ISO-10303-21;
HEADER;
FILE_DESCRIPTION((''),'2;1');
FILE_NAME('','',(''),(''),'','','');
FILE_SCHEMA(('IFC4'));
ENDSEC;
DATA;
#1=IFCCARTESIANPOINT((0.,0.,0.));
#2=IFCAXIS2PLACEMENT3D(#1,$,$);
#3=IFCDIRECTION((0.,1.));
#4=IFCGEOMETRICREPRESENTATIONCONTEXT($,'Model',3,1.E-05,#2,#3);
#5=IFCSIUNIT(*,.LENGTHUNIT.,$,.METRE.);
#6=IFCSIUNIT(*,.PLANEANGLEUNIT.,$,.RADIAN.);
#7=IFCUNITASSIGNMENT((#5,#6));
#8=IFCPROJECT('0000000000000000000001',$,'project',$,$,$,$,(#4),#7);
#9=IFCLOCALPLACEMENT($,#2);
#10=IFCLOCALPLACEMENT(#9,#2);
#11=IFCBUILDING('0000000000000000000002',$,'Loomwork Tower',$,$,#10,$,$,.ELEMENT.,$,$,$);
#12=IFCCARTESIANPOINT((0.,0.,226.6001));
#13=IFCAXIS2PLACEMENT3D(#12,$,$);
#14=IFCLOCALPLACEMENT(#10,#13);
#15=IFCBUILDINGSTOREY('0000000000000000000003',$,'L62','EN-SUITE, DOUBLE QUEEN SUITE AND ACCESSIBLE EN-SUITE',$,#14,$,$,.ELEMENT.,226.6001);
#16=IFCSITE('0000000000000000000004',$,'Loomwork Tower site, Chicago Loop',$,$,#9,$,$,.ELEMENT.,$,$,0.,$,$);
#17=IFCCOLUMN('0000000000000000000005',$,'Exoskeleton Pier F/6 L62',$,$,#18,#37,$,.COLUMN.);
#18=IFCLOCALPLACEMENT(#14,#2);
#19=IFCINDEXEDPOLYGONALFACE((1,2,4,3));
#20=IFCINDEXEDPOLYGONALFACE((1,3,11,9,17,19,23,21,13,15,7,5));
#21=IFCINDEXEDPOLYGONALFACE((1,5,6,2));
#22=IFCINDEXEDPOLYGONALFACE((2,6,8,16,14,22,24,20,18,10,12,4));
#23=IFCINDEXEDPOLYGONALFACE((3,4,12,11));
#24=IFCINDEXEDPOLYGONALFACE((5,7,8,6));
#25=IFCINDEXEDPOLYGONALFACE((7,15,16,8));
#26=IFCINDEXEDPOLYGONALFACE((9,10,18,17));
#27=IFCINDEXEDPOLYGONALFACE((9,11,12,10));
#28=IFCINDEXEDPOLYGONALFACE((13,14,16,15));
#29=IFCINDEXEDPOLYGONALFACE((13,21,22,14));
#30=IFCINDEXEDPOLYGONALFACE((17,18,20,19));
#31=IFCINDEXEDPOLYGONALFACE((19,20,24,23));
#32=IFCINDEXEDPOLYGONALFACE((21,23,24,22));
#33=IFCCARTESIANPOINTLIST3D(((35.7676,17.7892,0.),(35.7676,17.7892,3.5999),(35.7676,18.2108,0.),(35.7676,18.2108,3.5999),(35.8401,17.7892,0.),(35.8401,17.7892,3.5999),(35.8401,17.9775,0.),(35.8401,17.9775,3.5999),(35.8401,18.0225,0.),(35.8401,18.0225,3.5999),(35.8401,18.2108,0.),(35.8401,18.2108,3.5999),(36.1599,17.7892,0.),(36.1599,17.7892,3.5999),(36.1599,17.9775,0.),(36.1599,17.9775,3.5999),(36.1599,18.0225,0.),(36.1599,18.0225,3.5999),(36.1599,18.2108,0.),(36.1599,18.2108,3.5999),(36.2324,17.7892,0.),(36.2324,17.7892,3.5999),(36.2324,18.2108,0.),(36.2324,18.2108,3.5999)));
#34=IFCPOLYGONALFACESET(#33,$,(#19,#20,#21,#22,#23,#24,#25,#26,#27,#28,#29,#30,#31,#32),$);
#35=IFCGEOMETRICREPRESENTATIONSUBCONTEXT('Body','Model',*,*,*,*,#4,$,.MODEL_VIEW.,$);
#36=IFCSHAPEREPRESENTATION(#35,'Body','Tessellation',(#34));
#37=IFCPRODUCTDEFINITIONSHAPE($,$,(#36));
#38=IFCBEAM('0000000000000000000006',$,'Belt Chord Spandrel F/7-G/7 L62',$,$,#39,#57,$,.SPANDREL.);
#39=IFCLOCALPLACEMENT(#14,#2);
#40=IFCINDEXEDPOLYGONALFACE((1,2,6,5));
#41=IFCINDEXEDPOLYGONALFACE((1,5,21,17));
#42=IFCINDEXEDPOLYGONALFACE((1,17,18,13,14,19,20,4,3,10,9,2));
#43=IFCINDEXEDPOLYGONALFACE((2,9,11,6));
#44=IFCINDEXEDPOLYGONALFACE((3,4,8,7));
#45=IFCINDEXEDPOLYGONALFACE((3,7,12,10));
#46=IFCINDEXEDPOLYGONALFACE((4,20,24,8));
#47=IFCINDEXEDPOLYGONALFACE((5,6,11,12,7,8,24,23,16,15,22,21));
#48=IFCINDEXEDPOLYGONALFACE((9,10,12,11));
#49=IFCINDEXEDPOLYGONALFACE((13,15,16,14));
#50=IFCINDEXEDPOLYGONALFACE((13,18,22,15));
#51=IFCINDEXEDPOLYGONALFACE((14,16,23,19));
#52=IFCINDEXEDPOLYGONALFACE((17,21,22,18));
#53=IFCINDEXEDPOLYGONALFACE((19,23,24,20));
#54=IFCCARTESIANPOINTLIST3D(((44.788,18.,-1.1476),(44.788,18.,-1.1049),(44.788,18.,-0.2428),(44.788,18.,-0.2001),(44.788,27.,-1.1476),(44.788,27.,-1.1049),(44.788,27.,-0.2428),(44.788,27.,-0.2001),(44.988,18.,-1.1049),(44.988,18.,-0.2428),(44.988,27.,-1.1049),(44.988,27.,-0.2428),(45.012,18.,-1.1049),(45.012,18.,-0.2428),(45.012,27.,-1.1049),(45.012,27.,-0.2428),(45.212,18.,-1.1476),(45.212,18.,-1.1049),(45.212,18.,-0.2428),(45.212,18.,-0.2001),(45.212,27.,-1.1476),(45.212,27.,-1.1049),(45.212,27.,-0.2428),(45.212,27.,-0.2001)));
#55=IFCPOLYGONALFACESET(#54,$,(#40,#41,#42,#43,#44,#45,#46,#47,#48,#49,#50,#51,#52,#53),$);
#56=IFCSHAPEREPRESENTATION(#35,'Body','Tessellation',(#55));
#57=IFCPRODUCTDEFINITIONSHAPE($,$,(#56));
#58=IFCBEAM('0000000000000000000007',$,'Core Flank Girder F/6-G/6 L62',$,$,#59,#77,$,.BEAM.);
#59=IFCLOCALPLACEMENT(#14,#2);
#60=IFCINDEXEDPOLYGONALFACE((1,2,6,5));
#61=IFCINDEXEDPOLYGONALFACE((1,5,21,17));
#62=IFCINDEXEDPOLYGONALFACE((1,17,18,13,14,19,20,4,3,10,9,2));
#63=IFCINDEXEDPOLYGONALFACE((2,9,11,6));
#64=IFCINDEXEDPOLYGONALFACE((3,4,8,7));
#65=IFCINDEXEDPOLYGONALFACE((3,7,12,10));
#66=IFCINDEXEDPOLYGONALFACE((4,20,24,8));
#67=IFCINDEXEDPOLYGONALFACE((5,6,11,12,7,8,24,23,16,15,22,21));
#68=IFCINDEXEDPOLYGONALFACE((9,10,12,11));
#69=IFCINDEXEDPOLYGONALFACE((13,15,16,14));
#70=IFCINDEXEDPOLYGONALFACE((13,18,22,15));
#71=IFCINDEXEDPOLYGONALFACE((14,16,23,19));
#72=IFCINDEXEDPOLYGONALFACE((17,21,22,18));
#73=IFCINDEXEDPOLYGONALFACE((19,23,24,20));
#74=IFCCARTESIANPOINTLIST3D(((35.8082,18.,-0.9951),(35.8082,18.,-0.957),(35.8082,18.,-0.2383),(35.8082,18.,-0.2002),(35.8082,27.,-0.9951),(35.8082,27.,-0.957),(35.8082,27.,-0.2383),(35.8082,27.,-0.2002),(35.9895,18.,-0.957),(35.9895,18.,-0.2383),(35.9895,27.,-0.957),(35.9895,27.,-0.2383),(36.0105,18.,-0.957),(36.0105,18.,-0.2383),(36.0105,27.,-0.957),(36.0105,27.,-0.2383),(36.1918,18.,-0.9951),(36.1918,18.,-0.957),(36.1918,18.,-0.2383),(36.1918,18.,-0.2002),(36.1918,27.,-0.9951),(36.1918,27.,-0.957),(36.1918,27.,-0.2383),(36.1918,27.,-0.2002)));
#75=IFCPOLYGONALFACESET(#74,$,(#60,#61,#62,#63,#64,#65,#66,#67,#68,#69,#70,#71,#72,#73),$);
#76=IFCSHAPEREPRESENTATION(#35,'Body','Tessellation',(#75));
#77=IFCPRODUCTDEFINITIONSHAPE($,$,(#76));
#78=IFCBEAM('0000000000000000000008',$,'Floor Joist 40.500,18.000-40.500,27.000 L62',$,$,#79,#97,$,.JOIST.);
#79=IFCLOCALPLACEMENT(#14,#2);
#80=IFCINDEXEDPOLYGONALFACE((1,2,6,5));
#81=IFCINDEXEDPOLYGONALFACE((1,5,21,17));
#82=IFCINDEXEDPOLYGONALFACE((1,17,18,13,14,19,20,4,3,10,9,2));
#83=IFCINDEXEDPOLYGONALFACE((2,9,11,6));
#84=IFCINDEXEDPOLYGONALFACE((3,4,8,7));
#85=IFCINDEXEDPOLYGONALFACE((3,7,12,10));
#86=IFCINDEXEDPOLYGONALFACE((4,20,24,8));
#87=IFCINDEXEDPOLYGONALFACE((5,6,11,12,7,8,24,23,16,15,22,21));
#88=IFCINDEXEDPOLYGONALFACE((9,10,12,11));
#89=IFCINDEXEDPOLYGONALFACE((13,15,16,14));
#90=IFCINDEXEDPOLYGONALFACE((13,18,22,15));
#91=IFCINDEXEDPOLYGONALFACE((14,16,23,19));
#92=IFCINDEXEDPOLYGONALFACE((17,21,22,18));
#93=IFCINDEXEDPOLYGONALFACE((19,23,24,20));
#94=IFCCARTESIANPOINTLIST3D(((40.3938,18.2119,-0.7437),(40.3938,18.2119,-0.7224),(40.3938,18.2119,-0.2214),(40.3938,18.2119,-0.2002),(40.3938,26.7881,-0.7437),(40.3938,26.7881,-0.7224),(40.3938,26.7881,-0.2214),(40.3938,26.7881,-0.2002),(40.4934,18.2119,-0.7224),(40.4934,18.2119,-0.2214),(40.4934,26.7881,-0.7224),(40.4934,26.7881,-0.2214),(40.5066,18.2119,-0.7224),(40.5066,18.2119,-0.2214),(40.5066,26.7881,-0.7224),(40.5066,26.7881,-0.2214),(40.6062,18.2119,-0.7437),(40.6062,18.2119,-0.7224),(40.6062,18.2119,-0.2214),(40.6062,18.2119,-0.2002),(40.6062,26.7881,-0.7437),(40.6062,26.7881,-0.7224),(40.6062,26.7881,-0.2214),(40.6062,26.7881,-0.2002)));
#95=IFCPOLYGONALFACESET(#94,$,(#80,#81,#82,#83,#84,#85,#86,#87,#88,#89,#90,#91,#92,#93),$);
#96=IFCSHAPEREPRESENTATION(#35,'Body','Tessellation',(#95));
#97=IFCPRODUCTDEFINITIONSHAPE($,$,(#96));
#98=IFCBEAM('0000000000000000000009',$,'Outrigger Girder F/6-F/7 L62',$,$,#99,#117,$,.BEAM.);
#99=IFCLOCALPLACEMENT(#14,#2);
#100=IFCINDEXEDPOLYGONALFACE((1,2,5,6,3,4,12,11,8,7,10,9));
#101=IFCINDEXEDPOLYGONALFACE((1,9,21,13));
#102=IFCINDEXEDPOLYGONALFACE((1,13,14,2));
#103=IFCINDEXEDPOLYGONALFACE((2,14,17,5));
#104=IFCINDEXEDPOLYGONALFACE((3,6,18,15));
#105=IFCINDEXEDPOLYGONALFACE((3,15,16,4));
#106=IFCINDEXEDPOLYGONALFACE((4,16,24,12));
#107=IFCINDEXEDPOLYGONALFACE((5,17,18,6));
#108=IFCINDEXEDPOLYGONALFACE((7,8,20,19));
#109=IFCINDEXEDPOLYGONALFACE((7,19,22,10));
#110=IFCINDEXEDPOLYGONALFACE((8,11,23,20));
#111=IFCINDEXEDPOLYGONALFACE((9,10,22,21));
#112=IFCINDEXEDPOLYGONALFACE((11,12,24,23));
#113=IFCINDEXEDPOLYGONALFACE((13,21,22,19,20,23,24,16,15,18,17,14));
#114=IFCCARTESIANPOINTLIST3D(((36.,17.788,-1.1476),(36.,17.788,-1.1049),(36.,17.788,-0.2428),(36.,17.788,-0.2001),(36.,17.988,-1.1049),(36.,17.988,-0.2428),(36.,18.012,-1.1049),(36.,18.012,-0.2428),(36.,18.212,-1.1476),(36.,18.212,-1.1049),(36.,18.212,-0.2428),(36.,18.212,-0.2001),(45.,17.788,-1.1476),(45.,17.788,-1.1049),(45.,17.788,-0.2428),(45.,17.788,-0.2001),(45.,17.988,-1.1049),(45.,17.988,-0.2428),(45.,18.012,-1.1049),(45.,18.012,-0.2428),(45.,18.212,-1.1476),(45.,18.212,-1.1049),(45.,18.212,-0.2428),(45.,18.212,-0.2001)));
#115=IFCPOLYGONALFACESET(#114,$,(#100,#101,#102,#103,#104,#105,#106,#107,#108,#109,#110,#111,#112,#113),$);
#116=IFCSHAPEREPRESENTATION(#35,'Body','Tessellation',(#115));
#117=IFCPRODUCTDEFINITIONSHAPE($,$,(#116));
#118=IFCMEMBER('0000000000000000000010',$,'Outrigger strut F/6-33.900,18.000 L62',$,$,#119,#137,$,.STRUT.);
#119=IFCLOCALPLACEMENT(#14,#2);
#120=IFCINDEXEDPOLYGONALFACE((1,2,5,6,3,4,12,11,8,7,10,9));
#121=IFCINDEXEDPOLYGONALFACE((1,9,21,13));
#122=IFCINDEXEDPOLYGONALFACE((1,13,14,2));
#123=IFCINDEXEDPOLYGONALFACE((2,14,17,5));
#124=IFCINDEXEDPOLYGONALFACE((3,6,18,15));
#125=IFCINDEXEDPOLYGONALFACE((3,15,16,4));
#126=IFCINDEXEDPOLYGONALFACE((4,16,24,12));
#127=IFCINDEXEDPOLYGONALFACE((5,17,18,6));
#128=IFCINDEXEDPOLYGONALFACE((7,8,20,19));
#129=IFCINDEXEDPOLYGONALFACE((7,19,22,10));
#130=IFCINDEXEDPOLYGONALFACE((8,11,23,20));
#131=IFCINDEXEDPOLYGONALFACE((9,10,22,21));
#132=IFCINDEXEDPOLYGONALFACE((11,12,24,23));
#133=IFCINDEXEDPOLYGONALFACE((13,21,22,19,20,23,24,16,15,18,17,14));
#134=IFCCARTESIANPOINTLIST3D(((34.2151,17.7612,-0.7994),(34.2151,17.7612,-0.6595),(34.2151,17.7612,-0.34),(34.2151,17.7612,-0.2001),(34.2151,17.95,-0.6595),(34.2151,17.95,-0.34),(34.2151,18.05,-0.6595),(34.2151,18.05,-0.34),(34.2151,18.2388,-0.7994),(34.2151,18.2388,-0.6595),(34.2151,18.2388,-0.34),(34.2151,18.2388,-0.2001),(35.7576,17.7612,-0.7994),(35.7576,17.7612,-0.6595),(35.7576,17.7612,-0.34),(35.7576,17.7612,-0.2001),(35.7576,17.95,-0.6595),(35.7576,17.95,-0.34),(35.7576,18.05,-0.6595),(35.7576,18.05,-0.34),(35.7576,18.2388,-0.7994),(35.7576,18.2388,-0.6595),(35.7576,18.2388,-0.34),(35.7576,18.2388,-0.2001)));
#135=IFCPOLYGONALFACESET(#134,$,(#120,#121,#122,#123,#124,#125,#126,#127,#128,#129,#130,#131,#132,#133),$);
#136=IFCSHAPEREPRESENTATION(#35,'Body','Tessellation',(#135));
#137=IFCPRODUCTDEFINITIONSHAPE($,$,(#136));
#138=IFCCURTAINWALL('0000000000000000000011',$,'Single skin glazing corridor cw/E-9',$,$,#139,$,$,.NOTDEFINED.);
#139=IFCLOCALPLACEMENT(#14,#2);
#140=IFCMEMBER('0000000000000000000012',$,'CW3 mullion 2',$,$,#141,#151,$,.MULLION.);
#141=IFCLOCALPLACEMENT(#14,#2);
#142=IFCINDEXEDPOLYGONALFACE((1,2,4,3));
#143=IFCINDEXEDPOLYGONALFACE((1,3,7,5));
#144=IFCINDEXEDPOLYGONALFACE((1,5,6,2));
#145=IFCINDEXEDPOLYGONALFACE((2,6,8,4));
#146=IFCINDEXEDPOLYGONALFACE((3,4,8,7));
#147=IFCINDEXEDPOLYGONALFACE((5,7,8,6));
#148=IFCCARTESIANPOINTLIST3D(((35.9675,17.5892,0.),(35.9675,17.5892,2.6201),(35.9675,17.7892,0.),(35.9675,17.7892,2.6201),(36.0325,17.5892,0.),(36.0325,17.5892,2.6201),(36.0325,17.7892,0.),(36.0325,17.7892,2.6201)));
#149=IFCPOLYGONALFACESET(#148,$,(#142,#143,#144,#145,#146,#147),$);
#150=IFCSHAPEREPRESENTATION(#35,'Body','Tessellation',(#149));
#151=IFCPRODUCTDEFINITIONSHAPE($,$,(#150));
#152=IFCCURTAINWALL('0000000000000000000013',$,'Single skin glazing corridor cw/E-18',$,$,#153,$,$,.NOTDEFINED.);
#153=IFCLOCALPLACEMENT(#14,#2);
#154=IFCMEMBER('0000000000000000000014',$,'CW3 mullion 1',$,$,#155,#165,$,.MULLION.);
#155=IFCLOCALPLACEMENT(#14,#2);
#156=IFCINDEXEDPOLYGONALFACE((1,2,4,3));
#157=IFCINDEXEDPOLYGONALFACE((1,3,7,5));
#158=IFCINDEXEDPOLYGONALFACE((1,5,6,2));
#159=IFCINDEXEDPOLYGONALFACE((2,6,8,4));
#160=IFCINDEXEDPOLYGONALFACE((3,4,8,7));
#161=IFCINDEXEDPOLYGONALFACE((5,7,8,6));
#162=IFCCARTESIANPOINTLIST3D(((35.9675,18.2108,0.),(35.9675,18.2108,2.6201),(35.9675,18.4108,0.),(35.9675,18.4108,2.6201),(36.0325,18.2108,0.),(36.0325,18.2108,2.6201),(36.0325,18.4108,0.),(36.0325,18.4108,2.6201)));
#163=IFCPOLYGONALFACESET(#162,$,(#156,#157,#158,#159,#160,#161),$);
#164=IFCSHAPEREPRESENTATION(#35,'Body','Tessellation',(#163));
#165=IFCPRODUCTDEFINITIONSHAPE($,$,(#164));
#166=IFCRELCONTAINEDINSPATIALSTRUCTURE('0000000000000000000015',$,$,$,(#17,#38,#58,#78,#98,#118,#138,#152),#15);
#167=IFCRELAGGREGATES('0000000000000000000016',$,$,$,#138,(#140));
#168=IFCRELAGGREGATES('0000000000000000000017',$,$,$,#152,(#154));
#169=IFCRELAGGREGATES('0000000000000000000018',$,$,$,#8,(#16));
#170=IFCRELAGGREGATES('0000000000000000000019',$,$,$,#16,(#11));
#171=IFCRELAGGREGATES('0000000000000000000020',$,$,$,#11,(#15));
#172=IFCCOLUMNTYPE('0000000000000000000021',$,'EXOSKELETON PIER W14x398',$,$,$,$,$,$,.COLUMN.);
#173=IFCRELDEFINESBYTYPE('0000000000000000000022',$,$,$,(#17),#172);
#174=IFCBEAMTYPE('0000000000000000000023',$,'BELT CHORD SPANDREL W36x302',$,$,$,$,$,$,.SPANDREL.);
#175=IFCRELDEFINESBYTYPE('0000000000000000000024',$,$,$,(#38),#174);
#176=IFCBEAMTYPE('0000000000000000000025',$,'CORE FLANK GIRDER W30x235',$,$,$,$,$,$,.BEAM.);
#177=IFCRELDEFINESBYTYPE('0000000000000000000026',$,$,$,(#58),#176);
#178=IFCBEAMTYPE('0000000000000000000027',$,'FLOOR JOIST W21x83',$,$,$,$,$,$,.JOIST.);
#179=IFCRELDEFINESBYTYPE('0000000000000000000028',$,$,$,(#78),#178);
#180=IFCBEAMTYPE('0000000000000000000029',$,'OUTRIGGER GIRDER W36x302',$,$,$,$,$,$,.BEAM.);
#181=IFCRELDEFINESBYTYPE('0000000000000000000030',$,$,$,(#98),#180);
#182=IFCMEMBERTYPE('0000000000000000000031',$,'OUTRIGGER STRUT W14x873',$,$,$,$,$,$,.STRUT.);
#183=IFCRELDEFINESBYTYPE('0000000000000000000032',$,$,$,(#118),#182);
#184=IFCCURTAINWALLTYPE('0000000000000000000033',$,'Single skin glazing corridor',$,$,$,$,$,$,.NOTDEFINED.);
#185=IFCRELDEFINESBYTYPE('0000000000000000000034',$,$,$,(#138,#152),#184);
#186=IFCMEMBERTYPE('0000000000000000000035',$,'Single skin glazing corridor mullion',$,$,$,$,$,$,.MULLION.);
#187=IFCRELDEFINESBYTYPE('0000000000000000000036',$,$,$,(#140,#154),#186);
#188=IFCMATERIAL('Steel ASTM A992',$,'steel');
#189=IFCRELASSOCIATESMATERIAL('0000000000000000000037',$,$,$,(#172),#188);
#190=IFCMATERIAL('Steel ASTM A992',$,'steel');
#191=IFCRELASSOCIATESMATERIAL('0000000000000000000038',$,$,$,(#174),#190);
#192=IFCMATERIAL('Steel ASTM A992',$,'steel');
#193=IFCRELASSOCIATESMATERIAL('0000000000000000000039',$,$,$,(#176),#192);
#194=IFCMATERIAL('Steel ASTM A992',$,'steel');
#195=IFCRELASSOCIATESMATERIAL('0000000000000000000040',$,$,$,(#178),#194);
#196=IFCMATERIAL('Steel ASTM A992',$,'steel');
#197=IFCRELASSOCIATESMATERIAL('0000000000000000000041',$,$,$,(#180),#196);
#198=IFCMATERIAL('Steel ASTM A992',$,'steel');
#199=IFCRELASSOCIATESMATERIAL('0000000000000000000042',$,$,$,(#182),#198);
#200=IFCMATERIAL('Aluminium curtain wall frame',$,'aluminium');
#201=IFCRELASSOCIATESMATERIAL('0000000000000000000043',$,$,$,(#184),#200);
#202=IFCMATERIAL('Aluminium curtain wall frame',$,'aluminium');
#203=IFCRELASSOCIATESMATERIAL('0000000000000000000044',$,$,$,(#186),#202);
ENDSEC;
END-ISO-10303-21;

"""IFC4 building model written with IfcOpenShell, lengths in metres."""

from ifc_helpers import new_model, si_unit, direction, frame, origin, origin_2d, place, context, subcontext, project, spatial, rectangle, i_section, extrude, material, material_profile, profile_set, type_object, element, aggregate, save


model = new_model("IFC4")

# Units and contexts
model_context = context("Model", 3, precision=1e-05, world=origin(), true_north=direction((0.0, 1.0)))
body_context = subcontext(model_context, "Body", "Model", "MODEL_VIEW")
ifc_project = project(units=[si_unit("LENGTHUNIT", "METRE"), si_unit("PLANEANGLEUNIT", "RADIAN")], contexts=[model_context])

# Site, building, storey
site_placement = place(None, origin())
site = spatial("IfcSite", under=ifc_project, at=site_placement, Name="Loomwork Tower site, Chicago Loop", CompositionType="ELEMENT", RefElevation=0.0)
building_placement = place(site_placement, origin())
building = spatial("IfcBuilding", under=site, at=building_placement, Name="Loomwork Tower", CompositionType="ELEMENT")
storey_placement = place(building_placement, frame((0.0, 0.0, 226.6001)))
storey = spatial("IfcBuildingStorey", under=building, at=storey_placement, Name="L62", Description="EN-SUITE, DOUBLE QUEEN SUITE AND ACCESSIBLE EN-SUITE", CompositionType="ELEMENT", Elevation=226.6001)

# Column
ifc_material_1 = material(Name="Steel ASTM A992", Category="steel")
ifc_material_profile_1 = material_profile(ifc_material_1, i_section(OverallWidth=0.4216, OverallDepth=0.4648, WebThickness=0.0449, FlangeThickness=0.0725, at=origin_2d()), Name="W14x398")
ifc_profile_set_1 = profile_set([ifc_material_profile_1], Name="Steel ASTM A992")
column_type = type_object("IfcColumnType", Name="EXOSKELETON PIER W14x398", PredefinedType="COLUMN", material=ifc_profile_set_1)
column_placement = place(storey_placement, frame((36.0, 18.0, 0.0), z_axis=(0.0, 0.0, 1.0), x_axis=(0.0, 1.0, 0.0)))
element("IfcColumn", 1, at=column_placement, inside=storey, type_object=column_type, Name="Exoskeleton Pier F/6 L62", PredefinedType="COLUMN", context=body_context, shape_type="SweptSolid", body=[
    extrude(i_section(OverallWidth=0.4216, OverallDepth=0.4648, WebThickness=0.0449, FlangeThickness=0.0725, at=origin_2d()), origin(), (0.0, 0.0, 1.0), 3.5999),
])

# Beams
ifc_material_2 = material(Name="Steel ASTM A992", Category="steel")
ifc_material_profile_2 = material_profile(ifc_material_2, i_section(OverallWidth=0.4241, OverallDepth=0.9475, WebThickness=0.0239, FlangeThickness=0.0427, at=origin_2d()), Name="W36x302")
ifc_profile_set_2 = profile_set([ifc_material_profile_2], Name="Steel ASTM A992")
beam_type_1 = type_object("IfcBeamType", Name="BELT CHORD SPANDREL W36x302", PredefinedType="SPANDREL", material=ifc_profile_set_2)
beam_1_placement = place(storey_placement, frame((45.0, 18.0, -0.6738), z_axis=(0.0, 1.0, 0.0), x_axis=(-1.0, 0.0, 0.0)))
element("IfcBeam", 2, at=beam_1_placement, inside=storey, type_object=beam_type_1, Name="Belt Chord Spandrel F/7-G/7 L62", PredefinedType="SPANDREL", context=body_context, shape_type="SweptSolid", body=[
    extrude(i_section(OverallWidth=0.4241, OverallDepth=0.9475, WebThickness=0.0239, FlangeThickness=0.0427, at=origin_2d()), origin(), (0.0, 0.0, 1.0), 9.0),
])
ifc_material_3 = material(Name="Steel ASTM A992", Category="steel")
ifc_material_profile_3 = material_profile(ifc_material_3, i_section(OverallWidth=0.3835, OverallDepth=0.7949, WebThickness=0.021, FlangeThickness=0.0381, at=origin_2d()), Name="W30x235")
ifc_profile_set_3 = profile_set([ifc_material_profile_3], Name="Steel ASTM A992")
beam_type_2 = type_object("IfcBeamType", Name="CORE FLANK GIRDER W30x235", PredefinedType="BEAM", material=ifc_profile_set_3)
beam_2_placement = place(storey_placement, frame((36.0, 18.0, -0.5977), z_axis=(0.0, 1.0, 0.0), x_axis=(-1.0, 0.0, 0.0)))
element("IfcBeam", 3, at=beam_2_placement, inside=storey, type_object=beam_type_2, Name="Core Flank Girder F/6-G/6 L62", PredefinedType="BEAM", context=body_context, shape_type="SweptSolid", body=[
    extrude(i_section(OverallWidth=0.3835, OverallDepth=0.7949, WebThickness=0.021, FlangeThickness=0.0381, at=origin_2d()), origin(), (0.0, 0.0, 1.0), 9.0),
])
ifc_material_4 = material(Name="Steel ASTM A992", Category="steel")
ifc_material_profile_4 = material_profile(ifc_material_4, i_section(OverallWidth=0.2124, OverallDepth=0.5435, WebThickness=0.0132, FlangeThickness=0.0212, at=origin_2d()), Name="W21x83")
ifc_profile_set_4 = profile_set([ifc_material_profile_4], Name="Steel ASTM A992")
beam_type_3 = type_object("IfcBeamType", Name="FLOOR JOIST W21x83", PredefinedType="JOIST", material=ifc_profile_set_4)
beam_3_placement = place(storey_placement, frame((40.5, 18.2119, -0.4719), z_axis=(0.0, 1.0, 0.0), x_axis=(-1.0, 0.0, 0.0)))
element("IfcBeam", 4, at=beam_3_placement, inside=storey, type_object=beam_type_3, Name="Floor Joist 40.500,18.000-40.500,27.000 L62", PredefinedType="JOIST", context=body_context, shape_type="SweptSolid", body=[
    extrude(i_section(OverallWidth=0.2124, OverallDepth=0.5435, WebThickness=0.0132, FlangeThickness=0.0212, at=origin_2d()), origin(), (0.0, 0.0, 1.0), 8.5762),
])
ifc_material_5 = material(Name="Steel ASTM A992", Category="steel")
ifc_material_profile_5 = material_profile(ifc_material_5, i_section(OverallWidth=0.4241, OverallDepth=0.9475, WebThickness=0.0239, FlangeThickness=0.0427, at=origin_2d()), Name="W36x302")
ifc_profile_set_5 = profile_set([ifc_material_profile_5], Name="Steel ASTM A992")
beam_type_4 = type_object("IfcBeamType", Name="OUTRIGGER GIRDER W36x302", PredefinedType="BEAM", material=ifc_profile_set_5)
beam_4_placement = place(storey_placement, frame((36.0, 18.0, -0.6738), z_axis=(1.0, 0.0, 0.0), x_axis=(0.0, 1.0, 0.0)))
element("IfcBeam", 5, at=beam_4_placement, inside=storey, type_object=beam_type_4, Name="Outrigger Girder F/6-F/7 L62", PredefinedType="BEAM", context=body_context, shape_type="SweptSolid", body=[
    extrude(i_section(OverallWidth=0.4241, OverallDepth=0.9475, WebThickness=0.0239, FlangeThickness=0.0427, at=origin_2d()), origin(), (0.0, 0.0, 1.0), 9.0),
])

# Member
ifc_material_6 = material(Name="Steel ASTM A992", Category="steel")
ifc_material_profile_6 = material_profile(ifc_material_6, i_section(OverallWidth=0.4775, OverallDepth=0.5994, WebThickness=0.1001, FlangeThickness=0.1399, at=origin_2d()), Name="W14x873")
ifc_profile_set_6 = profile_set([ifc_material_profile_6], Name="Steel ASTM A992")
member_type_1 = type_object("IfcMemberType", Name="OUTRIGGER STRUT W14x873", PredefinedType="STRUT", material=ifc_profile_set_6)
member_1_placement = place(storey_placement, frame((35.7576, 18.0, -0.4998), z_axis=(-1.0, 0.0, 0.0), x_axis=(0.0, -1.0, 0.0)))
element("IfcMember", 6, at=member_1_placement, inside=storey, type_object=member_type_1, Name="Outrigger strut F/6-33.900,18.000 L62", PredefinedType="STRUT", context=body_context, shape_type="SweptSolid", body=[
    extrude(i_section(OverallWidth=0.4775, OverallDepth=0.5994, WebThickness=0.1001, FlangeThickness=0.1399, at=origin_2d()), origin(), (0.0, 0.0, 1.0), 1.5425),
])

# Curtain wall, member
ifc_material_7 = material(Name="Aluminium curtain wall frame", Category="aluminium")
curtain_wall_type = type_object("IfcCurtainWallType", Name="Single skin glazing corridor", PredefinedType="NOTDEFINED", material=ifc_material_7)
curtain_wall_1_placement = place(storey_placement, origin())
curtain_wall_1 = element("IfcCurtainWall", 7, at=curtain_wall_1_placement, inside=storey, type_object=curtain_wall_type, Name="Single skin glazing corridor cw/E-9", PredefinedType="NOTDEFINED")
ifc_material_8 = material(Name="Aluminium curtain wall frame", Category="aluminium")
ifc_material_profile_7 = material_profile(ifc_material_8, rectangle(XDim=0.0649, YDim=0.2, at=origin_2d()), Name="AL 65x200")
ifc_profile_set_7 = profile_set([ifc_material_profile_7], Name="Aluminium curtain wall frame")
member_type_2 = type_object("IfcMemberType", Name="Single skin glazing corridor mullion", PredefinedType="MULLION", material=ifc_profile_set_7)
member_2_placement = place(storey_placement, frame((36.0, 17.6892, 0.0), z_axis=(0.0, 0.0, 1.0), x_axis=(-1.0, 0.0, 0.0)))
member_2 = element("IfcMember", 8, at=member_2_placement, type_object=member_type_2, Name="CW3 mullion 2", PredefinedType="MULLION", context=body_context, shape_type="SweptSolid", body=[
    extrude(rectangle(XDim=0.0649, YDim=0.2, at=origin_2d()), origin(), (0.0, 0.0, 1.0), 2.6201),
])

# Curtain wall, member
curtain_wall_2_placement = place(storey_placement, origin())
curtain_wall_2 = element("IfcCurtainWall", 9, at=curtain_wall_2_placement, inside=storey, type_object=curtain_wall_type, Name="Single skin glazing corridor cw/E-18", PredefinedType="NOTDEFINED")
member_3_placement = place(storey_placement, frame((36.0, 18.3108, 0.0), z_axis=(0.0, 0.0, 1.0), x_axis=(-1.0, 0.0, 0.0)))
member_3 = element("IfcMember", 10, at=member_3_placement, type_object=member_type_2, Name="CW3 mullion 1", PredefinedType="MULLION", context=body_context, shape_type="SweptSolid", body=[
    extrude(rectangle(XDim=0.0649, YDim=0.2, at=origin_2d()), origin(), (0.0, 0.0, 1.0), 2.6201),
])

aggregate(curtain_wall_1, [member_2])
aggregate(curtain_wall_2, [member_3])

save(model, "model.ifc")
